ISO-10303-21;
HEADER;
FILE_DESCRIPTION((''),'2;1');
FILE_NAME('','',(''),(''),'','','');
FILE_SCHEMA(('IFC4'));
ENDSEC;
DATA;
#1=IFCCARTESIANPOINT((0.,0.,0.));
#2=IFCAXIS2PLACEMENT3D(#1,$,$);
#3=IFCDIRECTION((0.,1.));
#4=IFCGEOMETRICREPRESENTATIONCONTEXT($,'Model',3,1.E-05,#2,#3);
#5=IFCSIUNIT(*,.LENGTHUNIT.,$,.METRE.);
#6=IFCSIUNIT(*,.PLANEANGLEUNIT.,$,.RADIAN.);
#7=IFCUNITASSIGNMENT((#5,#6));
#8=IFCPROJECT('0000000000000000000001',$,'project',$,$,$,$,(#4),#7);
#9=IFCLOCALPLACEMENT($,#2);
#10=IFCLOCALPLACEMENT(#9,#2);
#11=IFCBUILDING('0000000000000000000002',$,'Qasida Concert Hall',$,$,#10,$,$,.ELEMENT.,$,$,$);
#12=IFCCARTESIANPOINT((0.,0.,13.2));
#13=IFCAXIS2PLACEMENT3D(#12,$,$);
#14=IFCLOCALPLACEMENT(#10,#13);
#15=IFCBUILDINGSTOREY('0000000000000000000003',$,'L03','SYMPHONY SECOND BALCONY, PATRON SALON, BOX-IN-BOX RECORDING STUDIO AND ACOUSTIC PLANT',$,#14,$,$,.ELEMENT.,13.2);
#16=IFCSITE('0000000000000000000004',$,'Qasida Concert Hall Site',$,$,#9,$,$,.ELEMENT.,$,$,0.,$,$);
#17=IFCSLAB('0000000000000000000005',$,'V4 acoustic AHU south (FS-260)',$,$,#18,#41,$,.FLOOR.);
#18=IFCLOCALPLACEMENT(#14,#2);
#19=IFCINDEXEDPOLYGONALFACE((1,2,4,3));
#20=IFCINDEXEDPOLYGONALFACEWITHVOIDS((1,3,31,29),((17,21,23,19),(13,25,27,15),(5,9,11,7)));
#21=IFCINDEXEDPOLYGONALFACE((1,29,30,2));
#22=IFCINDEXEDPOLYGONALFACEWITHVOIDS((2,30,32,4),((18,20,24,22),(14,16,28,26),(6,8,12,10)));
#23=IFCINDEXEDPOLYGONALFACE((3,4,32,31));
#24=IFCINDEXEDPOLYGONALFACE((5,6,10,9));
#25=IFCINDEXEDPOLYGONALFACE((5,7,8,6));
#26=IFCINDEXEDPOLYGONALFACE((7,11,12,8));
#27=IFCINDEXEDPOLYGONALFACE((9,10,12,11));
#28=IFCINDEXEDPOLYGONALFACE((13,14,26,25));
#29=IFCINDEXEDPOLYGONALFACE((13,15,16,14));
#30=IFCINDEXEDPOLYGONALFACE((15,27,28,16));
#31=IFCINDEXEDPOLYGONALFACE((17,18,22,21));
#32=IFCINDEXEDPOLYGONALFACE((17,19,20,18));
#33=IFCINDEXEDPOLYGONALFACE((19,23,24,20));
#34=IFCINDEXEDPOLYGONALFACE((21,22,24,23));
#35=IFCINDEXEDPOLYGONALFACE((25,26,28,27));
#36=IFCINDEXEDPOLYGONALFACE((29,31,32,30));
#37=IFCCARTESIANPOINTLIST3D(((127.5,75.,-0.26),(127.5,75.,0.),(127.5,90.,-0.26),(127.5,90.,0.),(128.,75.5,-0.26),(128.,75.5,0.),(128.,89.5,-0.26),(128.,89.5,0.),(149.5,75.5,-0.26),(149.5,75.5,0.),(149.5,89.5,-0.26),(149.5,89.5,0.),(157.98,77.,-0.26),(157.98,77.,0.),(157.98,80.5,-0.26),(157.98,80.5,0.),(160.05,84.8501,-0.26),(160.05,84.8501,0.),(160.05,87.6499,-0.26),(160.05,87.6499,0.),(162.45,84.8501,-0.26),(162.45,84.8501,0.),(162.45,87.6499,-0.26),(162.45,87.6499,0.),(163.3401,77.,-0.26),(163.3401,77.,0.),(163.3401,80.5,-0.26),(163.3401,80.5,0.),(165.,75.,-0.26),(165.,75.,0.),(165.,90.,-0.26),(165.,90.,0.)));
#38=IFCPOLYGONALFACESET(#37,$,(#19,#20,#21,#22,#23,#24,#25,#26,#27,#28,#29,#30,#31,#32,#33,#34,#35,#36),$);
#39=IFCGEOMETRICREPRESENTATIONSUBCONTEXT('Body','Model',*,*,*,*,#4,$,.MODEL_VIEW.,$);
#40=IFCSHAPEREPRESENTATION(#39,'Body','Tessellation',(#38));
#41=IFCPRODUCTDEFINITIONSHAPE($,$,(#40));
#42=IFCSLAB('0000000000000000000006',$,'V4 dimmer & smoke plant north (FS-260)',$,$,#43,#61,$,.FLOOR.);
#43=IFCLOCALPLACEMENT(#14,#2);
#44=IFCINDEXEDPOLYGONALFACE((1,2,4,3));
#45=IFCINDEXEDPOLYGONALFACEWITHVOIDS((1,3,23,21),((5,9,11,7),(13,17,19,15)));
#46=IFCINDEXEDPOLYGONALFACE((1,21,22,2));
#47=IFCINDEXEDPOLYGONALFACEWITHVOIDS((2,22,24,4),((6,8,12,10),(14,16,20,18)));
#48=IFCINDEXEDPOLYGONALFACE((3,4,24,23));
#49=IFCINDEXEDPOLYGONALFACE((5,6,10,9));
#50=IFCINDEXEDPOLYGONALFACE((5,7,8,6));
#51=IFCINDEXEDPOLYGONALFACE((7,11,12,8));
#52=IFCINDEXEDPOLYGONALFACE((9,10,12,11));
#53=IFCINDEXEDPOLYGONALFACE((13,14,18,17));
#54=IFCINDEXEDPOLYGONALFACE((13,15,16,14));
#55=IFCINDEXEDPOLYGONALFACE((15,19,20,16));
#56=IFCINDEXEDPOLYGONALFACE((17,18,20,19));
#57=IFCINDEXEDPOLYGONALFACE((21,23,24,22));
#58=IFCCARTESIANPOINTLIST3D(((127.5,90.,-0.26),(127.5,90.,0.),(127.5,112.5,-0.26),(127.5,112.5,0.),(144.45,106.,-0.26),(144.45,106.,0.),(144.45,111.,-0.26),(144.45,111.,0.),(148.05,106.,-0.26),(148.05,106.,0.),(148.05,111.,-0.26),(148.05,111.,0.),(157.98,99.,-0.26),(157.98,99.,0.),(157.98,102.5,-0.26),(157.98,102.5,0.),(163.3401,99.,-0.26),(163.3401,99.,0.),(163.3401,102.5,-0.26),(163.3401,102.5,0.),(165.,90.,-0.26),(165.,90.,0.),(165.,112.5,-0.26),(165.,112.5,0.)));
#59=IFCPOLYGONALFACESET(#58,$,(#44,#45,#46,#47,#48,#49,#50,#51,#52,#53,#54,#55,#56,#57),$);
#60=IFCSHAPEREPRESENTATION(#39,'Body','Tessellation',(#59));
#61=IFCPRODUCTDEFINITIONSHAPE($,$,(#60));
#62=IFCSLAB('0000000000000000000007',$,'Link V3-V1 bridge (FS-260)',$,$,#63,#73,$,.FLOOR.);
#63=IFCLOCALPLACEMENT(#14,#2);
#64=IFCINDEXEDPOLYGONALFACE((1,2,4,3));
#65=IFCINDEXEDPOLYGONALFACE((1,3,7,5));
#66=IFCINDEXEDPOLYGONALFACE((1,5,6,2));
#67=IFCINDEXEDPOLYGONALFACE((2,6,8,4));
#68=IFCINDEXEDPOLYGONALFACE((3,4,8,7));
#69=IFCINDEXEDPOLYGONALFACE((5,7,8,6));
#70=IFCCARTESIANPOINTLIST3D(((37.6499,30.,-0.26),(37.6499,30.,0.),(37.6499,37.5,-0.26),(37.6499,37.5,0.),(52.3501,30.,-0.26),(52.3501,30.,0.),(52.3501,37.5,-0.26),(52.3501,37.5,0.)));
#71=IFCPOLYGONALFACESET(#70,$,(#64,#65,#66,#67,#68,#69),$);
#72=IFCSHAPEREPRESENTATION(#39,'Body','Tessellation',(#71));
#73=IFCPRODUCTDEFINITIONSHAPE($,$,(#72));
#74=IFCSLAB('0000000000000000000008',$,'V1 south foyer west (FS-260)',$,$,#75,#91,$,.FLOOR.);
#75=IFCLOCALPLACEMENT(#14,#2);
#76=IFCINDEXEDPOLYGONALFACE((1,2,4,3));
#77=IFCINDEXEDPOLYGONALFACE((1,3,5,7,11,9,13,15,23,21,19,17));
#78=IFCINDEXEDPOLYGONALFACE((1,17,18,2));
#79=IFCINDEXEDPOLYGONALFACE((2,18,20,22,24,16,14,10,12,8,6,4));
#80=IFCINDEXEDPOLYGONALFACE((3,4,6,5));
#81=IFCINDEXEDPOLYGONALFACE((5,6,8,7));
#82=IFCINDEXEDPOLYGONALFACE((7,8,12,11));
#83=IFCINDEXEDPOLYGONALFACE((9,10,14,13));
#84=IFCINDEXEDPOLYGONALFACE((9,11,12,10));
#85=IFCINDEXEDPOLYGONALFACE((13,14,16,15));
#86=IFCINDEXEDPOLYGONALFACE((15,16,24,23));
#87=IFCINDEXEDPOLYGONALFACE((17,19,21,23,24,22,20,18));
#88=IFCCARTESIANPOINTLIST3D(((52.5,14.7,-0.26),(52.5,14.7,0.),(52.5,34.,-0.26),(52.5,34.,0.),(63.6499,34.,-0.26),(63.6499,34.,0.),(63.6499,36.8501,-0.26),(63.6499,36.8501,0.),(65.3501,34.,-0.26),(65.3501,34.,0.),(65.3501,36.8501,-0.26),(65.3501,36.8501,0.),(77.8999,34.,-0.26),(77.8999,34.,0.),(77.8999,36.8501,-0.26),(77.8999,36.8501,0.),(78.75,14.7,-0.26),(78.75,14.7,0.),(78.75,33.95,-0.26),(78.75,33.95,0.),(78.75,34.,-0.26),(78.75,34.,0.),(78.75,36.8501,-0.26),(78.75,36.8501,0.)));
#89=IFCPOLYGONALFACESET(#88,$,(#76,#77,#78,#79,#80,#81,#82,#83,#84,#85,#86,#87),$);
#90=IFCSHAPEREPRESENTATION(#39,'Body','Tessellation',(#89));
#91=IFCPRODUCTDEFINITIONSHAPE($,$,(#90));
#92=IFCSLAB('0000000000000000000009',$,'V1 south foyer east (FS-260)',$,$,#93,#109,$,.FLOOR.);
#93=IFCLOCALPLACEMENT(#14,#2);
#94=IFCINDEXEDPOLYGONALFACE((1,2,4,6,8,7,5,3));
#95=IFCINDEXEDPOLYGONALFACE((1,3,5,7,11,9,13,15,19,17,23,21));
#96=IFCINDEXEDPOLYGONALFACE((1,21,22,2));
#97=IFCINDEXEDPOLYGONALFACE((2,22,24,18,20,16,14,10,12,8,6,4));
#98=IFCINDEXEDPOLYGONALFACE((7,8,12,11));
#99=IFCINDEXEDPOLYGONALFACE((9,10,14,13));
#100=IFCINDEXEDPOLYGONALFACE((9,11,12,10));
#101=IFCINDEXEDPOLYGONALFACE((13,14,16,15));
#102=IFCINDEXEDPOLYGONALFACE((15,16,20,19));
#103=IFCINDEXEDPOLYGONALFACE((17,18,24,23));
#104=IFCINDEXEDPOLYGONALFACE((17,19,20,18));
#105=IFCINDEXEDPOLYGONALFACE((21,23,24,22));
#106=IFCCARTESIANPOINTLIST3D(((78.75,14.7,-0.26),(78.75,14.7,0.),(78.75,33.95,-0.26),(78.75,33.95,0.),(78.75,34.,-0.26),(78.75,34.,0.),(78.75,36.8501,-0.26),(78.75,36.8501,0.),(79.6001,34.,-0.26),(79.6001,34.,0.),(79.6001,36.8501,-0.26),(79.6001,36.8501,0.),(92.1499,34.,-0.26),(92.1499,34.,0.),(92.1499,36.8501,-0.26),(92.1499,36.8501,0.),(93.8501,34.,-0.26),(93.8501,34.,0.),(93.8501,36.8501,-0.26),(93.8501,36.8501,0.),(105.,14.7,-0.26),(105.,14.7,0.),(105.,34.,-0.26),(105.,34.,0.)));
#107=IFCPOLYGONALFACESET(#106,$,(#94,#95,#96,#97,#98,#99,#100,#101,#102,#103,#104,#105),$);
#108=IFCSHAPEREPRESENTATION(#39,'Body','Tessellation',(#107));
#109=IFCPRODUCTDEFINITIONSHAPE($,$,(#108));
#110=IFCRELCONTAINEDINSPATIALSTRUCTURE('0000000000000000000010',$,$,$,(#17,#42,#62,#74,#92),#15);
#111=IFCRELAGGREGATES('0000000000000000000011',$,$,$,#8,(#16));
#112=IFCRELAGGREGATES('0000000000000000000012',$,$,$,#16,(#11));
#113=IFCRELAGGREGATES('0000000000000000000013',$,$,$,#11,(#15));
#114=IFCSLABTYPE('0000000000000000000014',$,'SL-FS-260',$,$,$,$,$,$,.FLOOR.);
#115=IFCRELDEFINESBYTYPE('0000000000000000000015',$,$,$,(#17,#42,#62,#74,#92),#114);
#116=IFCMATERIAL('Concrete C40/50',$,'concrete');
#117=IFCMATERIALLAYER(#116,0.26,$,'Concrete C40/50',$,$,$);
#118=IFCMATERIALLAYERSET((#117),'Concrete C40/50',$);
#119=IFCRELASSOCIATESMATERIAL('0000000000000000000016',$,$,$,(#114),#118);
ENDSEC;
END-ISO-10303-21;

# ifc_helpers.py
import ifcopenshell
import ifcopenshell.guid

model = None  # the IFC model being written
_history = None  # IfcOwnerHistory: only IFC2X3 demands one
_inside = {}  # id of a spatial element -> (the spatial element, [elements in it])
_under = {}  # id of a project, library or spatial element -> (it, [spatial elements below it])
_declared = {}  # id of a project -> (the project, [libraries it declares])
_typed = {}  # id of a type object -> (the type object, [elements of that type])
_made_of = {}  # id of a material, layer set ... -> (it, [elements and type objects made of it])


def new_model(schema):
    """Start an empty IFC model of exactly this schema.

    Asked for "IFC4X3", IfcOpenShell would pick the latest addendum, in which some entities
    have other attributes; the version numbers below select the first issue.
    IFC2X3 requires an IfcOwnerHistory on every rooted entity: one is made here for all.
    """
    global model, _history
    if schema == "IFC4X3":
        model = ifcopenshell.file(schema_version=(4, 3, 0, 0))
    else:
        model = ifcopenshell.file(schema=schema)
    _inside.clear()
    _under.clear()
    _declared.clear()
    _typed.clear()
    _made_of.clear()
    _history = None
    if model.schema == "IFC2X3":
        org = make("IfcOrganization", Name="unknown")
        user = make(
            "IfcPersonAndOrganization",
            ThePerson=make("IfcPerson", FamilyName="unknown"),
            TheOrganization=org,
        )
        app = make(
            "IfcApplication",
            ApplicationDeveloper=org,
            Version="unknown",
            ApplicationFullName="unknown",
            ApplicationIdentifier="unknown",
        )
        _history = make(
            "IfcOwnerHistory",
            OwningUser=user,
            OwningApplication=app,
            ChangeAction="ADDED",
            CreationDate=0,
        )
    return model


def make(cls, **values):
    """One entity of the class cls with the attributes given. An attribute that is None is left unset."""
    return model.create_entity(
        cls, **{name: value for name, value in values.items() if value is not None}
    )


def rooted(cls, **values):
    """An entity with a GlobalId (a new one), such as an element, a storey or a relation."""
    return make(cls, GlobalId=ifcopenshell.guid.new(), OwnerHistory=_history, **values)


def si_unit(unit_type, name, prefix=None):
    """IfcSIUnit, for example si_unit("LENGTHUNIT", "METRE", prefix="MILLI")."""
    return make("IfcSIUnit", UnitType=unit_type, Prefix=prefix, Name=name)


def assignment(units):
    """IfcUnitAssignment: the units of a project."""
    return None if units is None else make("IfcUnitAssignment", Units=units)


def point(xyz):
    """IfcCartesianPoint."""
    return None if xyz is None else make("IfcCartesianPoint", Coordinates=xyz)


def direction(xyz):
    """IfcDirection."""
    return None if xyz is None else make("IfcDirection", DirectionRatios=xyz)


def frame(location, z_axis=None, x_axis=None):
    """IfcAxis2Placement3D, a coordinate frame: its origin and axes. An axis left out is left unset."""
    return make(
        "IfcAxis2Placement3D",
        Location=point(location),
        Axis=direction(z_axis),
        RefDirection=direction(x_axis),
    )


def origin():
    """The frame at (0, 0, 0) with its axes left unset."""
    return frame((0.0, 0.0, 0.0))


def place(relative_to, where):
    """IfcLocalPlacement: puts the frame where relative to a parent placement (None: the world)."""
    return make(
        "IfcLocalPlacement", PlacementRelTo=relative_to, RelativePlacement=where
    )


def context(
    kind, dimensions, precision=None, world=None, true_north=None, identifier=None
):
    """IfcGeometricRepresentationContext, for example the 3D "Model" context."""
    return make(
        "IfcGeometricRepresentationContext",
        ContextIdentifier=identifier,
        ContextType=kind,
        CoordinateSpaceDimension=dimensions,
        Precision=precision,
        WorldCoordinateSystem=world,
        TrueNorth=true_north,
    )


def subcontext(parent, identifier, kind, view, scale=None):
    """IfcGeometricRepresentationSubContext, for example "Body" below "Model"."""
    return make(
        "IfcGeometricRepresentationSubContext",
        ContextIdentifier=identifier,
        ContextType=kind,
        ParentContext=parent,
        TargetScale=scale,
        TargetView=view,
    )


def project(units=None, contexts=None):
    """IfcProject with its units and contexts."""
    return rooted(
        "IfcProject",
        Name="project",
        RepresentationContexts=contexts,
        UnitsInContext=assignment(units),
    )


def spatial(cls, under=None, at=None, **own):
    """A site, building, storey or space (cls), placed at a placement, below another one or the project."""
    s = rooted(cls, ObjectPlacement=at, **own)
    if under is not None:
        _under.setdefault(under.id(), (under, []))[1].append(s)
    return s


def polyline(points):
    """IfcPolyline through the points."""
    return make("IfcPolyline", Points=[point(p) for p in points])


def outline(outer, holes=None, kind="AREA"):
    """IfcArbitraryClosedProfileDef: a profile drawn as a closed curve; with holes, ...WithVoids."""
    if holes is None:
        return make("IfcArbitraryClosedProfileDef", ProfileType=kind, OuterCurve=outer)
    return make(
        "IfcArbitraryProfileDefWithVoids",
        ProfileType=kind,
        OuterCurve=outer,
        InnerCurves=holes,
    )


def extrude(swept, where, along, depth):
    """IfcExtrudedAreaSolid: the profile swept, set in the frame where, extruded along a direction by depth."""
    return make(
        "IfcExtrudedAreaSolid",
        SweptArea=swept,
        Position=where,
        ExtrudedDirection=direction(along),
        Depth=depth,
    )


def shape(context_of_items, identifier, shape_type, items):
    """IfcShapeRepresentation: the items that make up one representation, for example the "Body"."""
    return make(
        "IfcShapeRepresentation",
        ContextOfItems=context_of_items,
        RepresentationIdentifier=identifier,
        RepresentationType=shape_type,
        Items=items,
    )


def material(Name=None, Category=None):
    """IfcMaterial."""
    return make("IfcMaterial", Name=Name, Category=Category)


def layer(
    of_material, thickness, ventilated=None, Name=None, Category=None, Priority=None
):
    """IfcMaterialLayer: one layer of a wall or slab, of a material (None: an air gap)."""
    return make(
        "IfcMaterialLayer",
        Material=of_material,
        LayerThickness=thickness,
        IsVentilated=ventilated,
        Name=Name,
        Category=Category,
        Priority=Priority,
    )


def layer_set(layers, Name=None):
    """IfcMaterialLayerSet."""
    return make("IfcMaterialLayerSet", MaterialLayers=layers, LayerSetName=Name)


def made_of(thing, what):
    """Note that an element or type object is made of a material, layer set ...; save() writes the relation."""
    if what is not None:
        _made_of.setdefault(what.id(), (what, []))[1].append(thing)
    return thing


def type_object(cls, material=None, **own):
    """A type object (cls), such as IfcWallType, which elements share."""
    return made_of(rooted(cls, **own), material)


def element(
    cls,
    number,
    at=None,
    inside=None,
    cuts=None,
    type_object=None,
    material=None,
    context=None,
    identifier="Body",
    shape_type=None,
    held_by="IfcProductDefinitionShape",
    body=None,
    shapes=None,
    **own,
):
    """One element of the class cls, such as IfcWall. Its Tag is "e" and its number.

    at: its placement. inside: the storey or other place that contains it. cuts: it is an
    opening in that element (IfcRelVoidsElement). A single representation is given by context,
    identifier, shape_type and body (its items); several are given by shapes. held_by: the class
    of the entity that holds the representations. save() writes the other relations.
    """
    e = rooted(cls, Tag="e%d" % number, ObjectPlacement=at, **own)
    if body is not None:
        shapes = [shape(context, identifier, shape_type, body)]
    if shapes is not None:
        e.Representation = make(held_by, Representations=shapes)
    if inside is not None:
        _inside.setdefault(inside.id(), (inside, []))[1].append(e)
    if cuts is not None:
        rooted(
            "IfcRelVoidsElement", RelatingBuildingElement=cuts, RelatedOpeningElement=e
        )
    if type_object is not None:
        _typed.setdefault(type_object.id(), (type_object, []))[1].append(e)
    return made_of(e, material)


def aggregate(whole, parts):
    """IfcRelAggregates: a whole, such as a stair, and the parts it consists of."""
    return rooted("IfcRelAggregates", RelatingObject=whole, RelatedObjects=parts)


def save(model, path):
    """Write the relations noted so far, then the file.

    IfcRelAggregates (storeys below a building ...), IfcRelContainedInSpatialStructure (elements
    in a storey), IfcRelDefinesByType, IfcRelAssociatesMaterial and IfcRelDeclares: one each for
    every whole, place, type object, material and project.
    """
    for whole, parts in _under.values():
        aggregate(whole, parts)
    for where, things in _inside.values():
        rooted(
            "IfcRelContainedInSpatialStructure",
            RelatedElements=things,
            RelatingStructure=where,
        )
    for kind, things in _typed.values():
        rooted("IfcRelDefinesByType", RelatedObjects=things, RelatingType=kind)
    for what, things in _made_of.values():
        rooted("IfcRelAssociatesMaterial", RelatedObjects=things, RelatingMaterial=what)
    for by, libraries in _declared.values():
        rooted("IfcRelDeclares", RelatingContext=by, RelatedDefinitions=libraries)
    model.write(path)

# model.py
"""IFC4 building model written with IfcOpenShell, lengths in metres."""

from ifc_helpers import new_model, si_unit, direction, frame, origin, place, context, subcontext, project, spatial, polyline, outline, extrude, material, layer, layer_set, type_object, element, save


model = new_model("IFC4")

# Units and contexts
model_context = context("Model", 3, precision=1e-05, world=origin(), true_north=direction((0.0, 1.0)))
body_context = subcontext(model_context, "Body", "Model", "MODEL_VIEW")
ifc_project = project(units=[si_unit("LENGTHUNIT", "METRE"), si_unit("PLANEANGLEUNIT", "RADIAN")], contexts=[model_context])

# Site, building, storey
site_placement = place(None, origin())
site = spatial("IfcSite", under=ifc_project, at=site_placement, Name="Qasida Concert Hall Site", CompositionType="ELEMENT", RefElevation=0.0)
building_placement = place(site_placement, origin())
building = spatial("IfcBuilding", under=site, at=building_placement, Name="Qasida Concert Hall", CompositionType="ELEMENT")
storey_placement = place(building_placement, frame((0.0, 0.0, 13.2)))
storey = spatial("IfcBuildingStorey", under=building, at=storey_placement, Name="L03", Description="SYMPHONY SECOND BALCONY, PATRON SALON, BOX-IN-BOX RECORDING STUDIO AND ACOUSTIC PLANT", CompositionType="ELEMENT", Elevation=13.2)

# Slabs
ifc_material_1 = material(Name="Concrete C40/50", Category="concrete")
ifc_layer_1 = layer(ifc_material_1, 0.26, Name="Concrete C40/50")
ifc_layer_set_1 = layer_set([ifc_layer_1], Name="Concrete C40/50")
slab_type_1 = type_object("IfcSlabType", Name="SL-FS-260", PredefinedType="FLOOR", material=ifc_layer_set_1)
slab_1_placement = place(storey_placement, frame((0.0, 0.0, -0.26)))
element("IfcSlab", 1, at=slab_1_placement, inside=storey, type_object=slab_type_1, Name="V4 acoustic AHU south (FS-260)", PredefinedType="FLOOR", context=body_context, shape_type="SweptSolid", body=[
    extrude(outline(polyline([(127.5, 75.0), (165.0, 75.0), (165.0, 90.0), (127.5, 90.0), (127.5, 75.0)]), holes=[polyline([(128.0, 75.5), (149.5, 75.5), (149.5, 89.5), (128.0, 89.5), (128.0, 75.5)]), polyline([(157.98, 77.0), (163.3401, 77.0), (163.3401, 80.5), (157.98, 80.5), (157.98, 77.0)]), polyline([(160.05, 84.8501), (162.45, 84.8501), (162.45, 87.6499), (160.05, 87.6499), (160.05, 84.8501)])]), origin(), (0.0, 0.0, 1.0), 0.26),
])
slab_2_placement = place(storey_placement, frame((0.0, 0.0, -0.26)))
element("IfcSlab", 2, at=slab_2_placement, inside=storey, type_object=slab_type_1, Name="V4 dimmer & smoke plant north (FS-260)", PredefinedType="FLOOR", context=body_context, shape_type="SweptSolid", body=[
    extrude(outline(polyline([(127.5, 90.0), (165.0, 90.0), (165.0, 112.5), (127.5, 112.5), (127.5, 90.0)]), holes=[polyline([(157.98, 99.0), (163.3401, 99.0), (163.3401, 102.5), (157.98, 102.5), (157.98, 99.0)]), polyline([(144.45, 106.0), (148.05, 106.0), (148.05, 111.0), (144.45, 111.0), (144.45, 106.0)])]), origin(), (0.0, 0.0, 1.0), 0.26),
])
slab_3_placement = place(storey_placement, frame((0.0, 0.0, -0.26)))
element("IfcSlab", 3, at=slab_3_placement, inside=storey, type_object=slab_type_1, Name="Link V3-V1 bridge (FS-260)", PredefinedType="FLOOR", context=body_context, shape_type="SweptSolid", body=[
    extrude(outline(polyline([(37.6499, 30.0), (52.3501, 30.0), (52.3501, 37.5), (37.6499, 37.5), (37.6499, 30.0)])), origin(), (0.0, 0.0, 1.0), 0.26),
])
slab_4_placement = place(storey_placement, frame((0.0, 0.0, -0.26)))
element("IfcSlab", 4, at=slab_4_placement, inside=storey, type_object=slab_type_1, Name="V1 south foyer west (FS-260)", PredefinedType="FLOOR", context=body_context, shape_type="SweptSolid", body=[
    extrude(outline(polyline([(78.75, 14.7), (52.5, 14.7), (52.5, 34.0), (63.6499, 34.0), (63.6499, 36.8501), (65.3501, 36.8501), (65.3501, 34.0), (77.8999, 34.0), (77.8999, 36.8501), (78.75, 36.8501), (78.75, 34.0), (78.75, 33.95), (78.75, 14.7)])), origin(), (0.0, 0.0, 1.0), 0.26),
])
slab_5_placement = place(storey_placement, frame((0.0, 0.0, -0.26)))
element("IfcSlab", 5, at=slab_5_placement, inside=storey, type_object=slab_type_1, Name="V1 south foyer east (FS-260)", PredefinedType="FLOOR", context=body_context, shape_type="SweptSolid", body=[
    extrude(outline(polyline([(105.0, 34.0), (105.0, 14.7), (78.75, 14.7), (78.75, 33.95), (78.75, 34.0), (78.75, 36.8501), (79.6001, 36.8501), (79.6001, 34.0), (92.1499, 34.0), (92.1499, 36.8501), (93.8501, 36.8501), (93.8501, 34.0), (105.0, 34.0)])), origin(), (0.0, 0.0, 1.0), 0.26),
])

save(model, "model.ifc")
